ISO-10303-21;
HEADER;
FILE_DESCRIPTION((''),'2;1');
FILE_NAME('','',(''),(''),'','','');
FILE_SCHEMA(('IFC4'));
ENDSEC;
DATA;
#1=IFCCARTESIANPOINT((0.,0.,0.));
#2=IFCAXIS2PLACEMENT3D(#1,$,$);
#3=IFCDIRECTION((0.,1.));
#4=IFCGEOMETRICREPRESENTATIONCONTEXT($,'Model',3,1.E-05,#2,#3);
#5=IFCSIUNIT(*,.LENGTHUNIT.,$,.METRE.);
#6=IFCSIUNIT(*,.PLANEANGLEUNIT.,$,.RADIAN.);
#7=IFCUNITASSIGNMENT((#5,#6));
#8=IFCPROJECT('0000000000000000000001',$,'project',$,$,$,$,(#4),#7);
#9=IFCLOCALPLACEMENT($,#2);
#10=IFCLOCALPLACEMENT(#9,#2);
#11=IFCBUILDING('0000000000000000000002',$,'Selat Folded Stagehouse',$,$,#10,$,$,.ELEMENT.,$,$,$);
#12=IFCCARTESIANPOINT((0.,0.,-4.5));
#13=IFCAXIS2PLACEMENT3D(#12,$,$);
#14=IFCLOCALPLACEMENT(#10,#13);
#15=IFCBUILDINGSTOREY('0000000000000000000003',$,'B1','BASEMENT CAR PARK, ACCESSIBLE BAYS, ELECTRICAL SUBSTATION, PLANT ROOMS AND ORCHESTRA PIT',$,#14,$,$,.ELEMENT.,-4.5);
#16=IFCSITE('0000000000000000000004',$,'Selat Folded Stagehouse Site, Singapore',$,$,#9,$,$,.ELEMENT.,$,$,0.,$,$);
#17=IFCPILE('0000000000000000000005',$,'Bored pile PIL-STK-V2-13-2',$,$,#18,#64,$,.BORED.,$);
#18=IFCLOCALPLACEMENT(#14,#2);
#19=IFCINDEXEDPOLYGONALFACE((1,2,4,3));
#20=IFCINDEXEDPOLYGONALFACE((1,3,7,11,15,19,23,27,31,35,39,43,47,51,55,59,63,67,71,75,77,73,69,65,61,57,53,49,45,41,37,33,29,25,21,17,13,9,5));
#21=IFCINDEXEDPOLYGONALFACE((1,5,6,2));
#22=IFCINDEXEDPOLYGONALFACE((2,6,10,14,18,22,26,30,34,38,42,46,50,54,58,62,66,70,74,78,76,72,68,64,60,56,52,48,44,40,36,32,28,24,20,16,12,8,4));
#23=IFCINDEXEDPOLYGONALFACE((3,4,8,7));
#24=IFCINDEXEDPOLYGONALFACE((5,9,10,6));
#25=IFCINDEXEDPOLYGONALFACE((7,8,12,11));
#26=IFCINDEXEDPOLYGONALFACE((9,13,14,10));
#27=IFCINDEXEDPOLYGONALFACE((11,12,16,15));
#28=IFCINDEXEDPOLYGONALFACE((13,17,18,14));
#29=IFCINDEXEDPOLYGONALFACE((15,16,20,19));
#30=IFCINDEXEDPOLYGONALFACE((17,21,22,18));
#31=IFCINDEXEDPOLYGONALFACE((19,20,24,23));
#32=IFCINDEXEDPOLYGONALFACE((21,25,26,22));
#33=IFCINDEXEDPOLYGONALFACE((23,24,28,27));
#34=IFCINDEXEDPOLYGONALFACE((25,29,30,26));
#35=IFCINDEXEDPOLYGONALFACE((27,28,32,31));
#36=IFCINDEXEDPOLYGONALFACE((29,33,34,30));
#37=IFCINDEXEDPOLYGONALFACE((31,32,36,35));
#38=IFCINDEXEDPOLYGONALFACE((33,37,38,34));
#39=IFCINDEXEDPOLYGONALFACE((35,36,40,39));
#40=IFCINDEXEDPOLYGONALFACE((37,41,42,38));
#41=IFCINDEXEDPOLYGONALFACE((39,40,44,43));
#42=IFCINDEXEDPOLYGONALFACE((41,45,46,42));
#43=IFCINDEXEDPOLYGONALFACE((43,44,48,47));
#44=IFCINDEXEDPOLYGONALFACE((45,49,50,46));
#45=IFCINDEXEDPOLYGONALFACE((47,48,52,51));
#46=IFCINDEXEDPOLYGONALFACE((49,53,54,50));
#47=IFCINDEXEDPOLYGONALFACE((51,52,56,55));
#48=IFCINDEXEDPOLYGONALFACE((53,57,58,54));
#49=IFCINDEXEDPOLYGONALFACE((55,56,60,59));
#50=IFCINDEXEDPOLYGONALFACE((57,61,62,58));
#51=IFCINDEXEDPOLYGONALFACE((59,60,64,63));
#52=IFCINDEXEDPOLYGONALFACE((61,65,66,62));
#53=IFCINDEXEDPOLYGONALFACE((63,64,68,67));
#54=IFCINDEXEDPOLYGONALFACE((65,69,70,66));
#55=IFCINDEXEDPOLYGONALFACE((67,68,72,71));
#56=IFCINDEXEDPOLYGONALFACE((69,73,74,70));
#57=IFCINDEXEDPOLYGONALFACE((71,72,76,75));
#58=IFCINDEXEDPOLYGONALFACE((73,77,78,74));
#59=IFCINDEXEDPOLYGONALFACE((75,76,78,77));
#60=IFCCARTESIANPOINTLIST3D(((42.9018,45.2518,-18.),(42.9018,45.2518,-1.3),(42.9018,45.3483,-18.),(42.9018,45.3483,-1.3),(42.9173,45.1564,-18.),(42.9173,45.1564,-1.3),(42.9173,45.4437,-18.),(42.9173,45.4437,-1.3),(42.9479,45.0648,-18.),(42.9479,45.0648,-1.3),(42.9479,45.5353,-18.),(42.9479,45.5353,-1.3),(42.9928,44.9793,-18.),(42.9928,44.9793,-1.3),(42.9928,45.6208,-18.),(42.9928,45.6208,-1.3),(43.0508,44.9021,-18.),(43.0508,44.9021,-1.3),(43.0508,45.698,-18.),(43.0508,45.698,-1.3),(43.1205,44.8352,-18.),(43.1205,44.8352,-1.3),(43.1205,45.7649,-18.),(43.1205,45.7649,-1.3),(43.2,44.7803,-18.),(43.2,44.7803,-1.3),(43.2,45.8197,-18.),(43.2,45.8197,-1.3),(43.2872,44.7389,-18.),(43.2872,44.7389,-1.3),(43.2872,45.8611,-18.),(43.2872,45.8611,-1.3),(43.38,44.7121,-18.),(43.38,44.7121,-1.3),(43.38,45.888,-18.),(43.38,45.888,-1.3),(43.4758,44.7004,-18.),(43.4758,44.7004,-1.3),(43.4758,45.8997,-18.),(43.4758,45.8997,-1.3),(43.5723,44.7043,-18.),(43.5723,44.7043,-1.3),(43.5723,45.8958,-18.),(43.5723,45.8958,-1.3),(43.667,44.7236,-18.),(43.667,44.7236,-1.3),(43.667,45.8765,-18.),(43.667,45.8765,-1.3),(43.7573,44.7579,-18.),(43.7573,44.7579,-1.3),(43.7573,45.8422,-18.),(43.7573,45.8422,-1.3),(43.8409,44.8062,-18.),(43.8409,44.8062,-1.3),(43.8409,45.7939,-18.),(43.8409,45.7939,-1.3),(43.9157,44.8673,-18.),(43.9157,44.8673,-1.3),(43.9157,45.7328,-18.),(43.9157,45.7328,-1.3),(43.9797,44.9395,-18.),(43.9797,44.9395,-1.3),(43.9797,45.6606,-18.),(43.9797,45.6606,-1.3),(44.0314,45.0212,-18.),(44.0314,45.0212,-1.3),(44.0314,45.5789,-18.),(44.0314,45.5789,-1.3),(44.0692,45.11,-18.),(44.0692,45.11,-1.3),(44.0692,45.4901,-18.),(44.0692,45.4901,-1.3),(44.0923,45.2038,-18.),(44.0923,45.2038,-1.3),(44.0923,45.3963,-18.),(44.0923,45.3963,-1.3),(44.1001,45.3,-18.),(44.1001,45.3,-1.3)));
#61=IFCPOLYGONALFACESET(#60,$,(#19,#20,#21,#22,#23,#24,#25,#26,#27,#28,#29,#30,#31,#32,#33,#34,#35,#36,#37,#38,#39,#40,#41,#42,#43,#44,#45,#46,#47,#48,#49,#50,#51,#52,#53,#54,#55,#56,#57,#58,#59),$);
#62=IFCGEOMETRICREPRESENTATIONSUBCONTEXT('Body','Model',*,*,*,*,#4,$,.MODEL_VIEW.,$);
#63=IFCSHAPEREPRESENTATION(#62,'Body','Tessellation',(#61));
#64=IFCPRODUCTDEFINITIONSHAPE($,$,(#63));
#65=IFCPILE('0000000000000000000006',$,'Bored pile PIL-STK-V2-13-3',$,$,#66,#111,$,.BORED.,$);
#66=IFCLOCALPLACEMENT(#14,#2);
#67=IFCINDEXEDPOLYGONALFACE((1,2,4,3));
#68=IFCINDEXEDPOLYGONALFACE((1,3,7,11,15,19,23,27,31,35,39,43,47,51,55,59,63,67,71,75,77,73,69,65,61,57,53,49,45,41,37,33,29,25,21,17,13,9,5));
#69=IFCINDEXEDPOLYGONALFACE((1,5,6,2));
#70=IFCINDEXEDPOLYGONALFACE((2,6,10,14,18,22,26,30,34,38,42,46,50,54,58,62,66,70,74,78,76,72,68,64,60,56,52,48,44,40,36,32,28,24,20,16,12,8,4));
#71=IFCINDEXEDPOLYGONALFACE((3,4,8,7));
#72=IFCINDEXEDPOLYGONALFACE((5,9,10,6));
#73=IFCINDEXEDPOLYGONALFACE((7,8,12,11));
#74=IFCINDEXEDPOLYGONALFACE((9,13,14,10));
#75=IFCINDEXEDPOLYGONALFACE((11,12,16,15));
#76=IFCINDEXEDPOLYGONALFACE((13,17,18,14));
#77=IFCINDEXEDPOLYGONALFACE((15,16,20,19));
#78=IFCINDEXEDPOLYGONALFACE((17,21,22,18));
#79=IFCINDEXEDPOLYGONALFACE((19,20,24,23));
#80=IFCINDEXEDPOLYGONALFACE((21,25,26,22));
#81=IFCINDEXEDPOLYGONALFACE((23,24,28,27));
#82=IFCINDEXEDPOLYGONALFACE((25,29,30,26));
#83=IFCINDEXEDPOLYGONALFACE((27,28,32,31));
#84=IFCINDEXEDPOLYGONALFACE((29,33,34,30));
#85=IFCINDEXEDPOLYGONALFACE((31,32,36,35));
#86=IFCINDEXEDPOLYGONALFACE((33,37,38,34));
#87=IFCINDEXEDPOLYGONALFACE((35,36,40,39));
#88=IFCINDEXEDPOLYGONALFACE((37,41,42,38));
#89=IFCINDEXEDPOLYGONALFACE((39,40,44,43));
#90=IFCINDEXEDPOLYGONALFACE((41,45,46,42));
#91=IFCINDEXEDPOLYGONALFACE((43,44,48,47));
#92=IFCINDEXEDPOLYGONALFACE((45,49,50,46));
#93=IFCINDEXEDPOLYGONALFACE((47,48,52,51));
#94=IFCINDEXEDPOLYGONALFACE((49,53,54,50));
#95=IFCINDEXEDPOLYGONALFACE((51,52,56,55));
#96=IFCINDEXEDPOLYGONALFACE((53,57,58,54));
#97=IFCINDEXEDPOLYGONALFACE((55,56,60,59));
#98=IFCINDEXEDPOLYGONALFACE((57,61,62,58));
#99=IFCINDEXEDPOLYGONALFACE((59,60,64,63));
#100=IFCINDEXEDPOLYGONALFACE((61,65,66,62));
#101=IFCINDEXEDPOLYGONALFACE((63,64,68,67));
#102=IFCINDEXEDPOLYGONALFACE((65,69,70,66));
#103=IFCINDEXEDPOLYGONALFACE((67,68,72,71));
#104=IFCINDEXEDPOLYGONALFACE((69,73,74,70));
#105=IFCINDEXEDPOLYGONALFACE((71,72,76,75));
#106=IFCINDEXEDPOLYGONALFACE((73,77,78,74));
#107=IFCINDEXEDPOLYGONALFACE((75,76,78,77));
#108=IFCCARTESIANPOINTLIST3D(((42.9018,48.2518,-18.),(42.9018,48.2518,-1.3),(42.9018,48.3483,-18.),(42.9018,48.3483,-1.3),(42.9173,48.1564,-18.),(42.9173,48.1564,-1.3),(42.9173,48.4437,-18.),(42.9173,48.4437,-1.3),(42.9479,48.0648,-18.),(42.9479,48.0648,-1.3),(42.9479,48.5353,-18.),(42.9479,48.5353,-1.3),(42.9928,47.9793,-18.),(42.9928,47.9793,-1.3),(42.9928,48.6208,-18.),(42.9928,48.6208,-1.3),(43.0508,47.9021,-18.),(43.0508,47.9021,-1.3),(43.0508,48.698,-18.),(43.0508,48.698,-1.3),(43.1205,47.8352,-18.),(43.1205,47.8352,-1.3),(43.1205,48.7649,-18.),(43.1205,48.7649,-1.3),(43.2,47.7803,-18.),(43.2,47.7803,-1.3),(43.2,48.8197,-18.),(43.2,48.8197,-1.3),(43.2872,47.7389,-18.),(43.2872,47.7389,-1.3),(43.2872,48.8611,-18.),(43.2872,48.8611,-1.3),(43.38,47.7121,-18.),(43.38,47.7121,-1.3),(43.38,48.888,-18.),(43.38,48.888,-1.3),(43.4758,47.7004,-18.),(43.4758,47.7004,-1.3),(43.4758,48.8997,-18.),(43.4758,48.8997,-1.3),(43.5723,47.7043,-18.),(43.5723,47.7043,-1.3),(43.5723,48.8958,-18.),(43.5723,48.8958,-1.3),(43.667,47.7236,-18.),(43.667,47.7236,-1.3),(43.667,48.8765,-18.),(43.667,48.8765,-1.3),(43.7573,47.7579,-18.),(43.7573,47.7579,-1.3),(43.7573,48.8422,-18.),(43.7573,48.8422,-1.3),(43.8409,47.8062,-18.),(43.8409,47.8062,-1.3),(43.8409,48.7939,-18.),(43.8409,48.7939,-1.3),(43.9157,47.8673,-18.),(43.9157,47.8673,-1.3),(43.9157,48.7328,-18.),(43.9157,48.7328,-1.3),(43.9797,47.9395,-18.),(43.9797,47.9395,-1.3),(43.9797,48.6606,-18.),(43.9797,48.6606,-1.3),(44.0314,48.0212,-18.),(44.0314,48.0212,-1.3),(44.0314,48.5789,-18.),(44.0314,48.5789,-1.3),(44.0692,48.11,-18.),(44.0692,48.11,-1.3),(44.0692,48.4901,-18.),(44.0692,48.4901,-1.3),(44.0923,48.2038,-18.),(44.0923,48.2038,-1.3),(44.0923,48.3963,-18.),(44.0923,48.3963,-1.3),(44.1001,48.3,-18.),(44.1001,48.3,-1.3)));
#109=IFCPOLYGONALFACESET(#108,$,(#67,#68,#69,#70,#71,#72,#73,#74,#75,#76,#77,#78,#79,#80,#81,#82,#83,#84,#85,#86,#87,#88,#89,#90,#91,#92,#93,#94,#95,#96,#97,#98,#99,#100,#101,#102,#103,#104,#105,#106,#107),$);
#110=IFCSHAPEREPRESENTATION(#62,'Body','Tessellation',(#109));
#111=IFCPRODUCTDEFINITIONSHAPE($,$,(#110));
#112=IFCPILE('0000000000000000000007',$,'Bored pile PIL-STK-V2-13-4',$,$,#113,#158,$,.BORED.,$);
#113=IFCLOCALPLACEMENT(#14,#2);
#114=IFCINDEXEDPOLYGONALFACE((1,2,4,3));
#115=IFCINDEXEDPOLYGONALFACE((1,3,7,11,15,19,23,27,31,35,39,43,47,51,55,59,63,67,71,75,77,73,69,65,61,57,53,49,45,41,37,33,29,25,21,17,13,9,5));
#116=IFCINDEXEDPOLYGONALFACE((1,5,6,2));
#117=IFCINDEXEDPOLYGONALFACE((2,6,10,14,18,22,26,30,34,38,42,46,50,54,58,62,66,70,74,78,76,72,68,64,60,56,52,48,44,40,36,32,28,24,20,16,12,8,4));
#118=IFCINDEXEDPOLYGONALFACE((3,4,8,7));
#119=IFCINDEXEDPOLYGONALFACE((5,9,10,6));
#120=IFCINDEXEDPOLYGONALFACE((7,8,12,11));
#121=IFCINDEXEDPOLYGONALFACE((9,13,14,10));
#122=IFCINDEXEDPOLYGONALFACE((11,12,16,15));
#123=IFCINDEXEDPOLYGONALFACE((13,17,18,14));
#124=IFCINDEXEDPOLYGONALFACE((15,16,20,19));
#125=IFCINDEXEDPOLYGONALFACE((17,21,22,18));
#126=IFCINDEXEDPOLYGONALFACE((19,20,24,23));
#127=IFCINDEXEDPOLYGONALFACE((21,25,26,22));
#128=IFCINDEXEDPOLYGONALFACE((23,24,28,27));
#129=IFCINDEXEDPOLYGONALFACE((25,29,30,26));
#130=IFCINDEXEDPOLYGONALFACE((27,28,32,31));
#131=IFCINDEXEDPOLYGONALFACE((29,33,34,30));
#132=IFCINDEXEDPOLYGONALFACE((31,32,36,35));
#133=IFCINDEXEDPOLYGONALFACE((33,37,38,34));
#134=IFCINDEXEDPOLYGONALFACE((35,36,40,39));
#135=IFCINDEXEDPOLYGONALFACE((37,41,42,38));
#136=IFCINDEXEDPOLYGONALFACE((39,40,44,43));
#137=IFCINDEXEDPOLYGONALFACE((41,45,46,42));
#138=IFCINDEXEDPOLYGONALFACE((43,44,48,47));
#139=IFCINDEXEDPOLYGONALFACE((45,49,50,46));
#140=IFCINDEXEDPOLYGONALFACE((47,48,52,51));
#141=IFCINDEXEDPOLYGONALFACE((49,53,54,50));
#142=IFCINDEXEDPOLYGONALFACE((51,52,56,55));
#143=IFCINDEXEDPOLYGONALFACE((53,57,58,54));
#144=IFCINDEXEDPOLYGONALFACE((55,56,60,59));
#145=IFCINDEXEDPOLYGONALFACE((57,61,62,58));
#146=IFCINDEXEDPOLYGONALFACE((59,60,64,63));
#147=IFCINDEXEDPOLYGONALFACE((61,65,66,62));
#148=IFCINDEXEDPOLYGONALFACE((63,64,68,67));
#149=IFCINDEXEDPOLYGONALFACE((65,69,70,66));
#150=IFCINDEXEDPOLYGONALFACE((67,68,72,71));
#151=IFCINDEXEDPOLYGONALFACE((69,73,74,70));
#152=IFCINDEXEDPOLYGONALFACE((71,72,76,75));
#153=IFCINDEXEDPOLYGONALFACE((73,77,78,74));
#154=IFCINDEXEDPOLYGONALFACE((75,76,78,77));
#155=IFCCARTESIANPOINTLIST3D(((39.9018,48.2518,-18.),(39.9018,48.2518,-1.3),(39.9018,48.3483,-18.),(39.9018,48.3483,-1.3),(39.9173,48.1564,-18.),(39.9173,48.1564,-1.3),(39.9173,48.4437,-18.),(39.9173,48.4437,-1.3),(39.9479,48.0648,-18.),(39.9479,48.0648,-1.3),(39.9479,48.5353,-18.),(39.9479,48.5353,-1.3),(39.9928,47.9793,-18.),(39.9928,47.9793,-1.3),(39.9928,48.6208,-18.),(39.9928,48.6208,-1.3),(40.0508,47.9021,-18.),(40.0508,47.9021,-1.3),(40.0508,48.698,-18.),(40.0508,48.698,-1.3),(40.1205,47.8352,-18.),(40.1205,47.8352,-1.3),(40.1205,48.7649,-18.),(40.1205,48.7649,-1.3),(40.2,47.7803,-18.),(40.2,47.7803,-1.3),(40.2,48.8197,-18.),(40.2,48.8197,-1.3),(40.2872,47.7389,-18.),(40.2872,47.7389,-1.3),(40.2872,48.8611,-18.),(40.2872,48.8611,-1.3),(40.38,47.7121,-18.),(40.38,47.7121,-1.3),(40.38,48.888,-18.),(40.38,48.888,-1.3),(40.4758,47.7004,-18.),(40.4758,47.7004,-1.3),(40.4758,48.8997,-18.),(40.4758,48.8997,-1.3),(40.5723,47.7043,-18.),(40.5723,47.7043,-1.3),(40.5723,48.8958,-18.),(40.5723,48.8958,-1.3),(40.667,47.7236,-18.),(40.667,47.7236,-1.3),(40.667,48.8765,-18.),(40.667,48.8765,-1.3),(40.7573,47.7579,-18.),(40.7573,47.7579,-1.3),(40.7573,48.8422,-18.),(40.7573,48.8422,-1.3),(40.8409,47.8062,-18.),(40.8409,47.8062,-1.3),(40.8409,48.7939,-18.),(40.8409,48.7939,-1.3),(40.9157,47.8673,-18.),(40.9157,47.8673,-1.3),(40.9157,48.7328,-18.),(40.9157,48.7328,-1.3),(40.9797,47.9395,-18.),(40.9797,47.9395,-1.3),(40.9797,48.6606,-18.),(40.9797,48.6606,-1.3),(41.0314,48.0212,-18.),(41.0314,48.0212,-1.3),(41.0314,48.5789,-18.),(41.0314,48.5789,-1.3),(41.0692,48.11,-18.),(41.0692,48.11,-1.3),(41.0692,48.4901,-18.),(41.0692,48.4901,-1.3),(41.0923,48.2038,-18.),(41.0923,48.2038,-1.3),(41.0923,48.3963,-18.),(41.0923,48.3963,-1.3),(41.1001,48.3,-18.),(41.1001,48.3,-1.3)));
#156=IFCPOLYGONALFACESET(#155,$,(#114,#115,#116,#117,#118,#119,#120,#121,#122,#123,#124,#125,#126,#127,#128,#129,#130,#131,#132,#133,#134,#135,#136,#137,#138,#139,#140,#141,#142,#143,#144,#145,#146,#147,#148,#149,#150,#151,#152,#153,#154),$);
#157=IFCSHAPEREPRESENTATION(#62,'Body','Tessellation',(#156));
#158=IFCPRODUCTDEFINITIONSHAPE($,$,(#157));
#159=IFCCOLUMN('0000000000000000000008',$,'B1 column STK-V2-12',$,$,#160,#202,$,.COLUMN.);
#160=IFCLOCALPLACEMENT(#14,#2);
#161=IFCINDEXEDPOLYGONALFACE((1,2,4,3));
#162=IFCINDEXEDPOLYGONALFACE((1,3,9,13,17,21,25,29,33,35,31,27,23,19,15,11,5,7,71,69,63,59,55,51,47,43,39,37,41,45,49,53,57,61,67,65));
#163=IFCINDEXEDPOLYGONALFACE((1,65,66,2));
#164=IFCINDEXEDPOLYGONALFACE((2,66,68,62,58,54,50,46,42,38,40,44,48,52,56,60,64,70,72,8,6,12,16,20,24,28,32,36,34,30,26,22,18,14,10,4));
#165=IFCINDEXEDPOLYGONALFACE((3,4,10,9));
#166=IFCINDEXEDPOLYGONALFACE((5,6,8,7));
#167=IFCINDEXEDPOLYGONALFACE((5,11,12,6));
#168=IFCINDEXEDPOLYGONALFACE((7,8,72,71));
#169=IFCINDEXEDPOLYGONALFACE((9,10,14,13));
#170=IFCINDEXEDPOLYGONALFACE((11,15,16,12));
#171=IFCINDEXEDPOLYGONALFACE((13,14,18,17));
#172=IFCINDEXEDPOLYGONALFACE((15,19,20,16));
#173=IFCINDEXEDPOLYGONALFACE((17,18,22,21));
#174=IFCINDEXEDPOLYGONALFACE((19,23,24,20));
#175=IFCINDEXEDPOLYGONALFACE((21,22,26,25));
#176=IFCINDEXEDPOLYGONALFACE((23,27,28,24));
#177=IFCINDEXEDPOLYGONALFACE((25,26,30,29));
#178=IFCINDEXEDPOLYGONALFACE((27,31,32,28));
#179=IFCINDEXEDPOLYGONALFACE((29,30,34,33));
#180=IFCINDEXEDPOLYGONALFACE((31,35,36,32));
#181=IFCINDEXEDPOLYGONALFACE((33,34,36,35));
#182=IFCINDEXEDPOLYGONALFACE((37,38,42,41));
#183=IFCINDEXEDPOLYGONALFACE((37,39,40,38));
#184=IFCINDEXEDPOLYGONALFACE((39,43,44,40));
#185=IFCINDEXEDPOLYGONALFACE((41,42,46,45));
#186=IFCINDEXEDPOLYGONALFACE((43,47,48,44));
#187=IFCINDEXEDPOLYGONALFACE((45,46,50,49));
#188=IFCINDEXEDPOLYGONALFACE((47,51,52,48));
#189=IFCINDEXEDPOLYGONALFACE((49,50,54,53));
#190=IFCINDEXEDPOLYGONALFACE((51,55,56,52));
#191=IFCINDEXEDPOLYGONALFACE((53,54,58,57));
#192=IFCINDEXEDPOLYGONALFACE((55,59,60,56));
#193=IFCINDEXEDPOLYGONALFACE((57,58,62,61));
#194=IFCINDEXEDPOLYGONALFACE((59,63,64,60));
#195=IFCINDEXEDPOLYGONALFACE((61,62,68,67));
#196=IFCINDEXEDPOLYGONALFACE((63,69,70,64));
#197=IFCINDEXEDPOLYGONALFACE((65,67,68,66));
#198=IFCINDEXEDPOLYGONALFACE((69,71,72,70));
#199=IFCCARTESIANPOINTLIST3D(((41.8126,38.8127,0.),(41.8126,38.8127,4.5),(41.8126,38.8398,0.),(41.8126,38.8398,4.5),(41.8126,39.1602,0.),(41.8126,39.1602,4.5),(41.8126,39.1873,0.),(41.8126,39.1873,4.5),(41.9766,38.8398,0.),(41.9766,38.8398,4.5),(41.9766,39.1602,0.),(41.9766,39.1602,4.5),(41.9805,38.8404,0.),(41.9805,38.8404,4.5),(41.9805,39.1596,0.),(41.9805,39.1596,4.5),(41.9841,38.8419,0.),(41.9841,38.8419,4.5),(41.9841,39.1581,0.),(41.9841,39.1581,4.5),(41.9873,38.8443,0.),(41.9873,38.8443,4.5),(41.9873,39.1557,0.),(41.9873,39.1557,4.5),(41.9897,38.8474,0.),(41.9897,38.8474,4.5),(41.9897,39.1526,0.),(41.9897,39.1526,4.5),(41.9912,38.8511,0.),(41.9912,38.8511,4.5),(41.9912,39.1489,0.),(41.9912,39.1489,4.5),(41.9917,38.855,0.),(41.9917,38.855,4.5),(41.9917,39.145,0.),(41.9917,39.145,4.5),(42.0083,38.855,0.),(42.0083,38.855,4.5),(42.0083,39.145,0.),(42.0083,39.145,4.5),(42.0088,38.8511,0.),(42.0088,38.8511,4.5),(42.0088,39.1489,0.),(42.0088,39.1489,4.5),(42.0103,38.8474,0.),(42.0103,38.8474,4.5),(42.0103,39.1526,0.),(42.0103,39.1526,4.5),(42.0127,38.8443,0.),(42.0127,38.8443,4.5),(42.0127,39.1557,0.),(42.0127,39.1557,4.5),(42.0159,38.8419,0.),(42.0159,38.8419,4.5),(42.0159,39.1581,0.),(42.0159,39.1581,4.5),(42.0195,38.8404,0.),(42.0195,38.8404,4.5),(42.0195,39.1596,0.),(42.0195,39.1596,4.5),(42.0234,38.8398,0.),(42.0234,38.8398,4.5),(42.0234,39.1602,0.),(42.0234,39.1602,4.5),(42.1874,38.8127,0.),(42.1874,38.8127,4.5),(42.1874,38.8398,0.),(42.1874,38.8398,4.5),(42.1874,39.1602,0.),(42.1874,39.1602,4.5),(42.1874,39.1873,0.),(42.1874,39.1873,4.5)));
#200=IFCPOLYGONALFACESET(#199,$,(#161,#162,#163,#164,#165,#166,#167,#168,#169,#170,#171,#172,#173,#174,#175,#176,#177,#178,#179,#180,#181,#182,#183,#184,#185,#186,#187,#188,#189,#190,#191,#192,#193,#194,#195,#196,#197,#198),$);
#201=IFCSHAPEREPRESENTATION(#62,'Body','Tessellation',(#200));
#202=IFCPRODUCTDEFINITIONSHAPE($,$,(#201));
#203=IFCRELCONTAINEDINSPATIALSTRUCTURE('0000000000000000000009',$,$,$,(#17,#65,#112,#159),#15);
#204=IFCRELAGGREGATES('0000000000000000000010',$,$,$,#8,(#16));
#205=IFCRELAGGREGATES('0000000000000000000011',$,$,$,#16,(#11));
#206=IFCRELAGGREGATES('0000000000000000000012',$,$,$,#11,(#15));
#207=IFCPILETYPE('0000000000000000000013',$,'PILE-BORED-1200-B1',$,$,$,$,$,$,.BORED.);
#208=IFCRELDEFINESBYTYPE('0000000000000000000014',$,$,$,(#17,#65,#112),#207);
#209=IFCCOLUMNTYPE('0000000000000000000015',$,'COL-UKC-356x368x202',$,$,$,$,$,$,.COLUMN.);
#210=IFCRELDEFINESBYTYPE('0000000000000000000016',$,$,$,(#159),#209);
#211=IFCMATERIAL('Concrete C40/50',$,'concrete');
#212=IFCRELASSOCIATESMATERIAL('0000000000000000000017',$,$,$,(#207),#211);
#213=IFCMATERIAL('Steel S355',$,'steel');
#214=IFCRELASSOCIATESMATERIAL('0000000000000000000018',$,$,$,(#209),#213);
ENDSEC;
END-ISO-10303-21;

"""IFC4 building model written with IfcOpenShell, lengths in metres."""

from ifc_helpers import new_model, si_unit, direction, frame, origin, origin_2d, place, context, subcontext, project, spatial, circle, i_section, extrude, material, material_profile, profile_set, type_object, element, save


model = new_model("IFC4")

# Units and contexts
model_context = context("Model", 3, precision=1e-05, world=origin(), true_north=direction((0.0, 1.0)))
body_context = subcontext(model_context, "Body", "Model", "MODEL_VIEW")
ifc_project = project(units=[si_unit("LENGTHUNIT", "METRE"), si_unit("PLANEANGLEUNIT", "RADIAN")], contexts=[model_context])

# Site, building, storey
site_placement = place(None, origin())
site = spatial("IfcSite", under=ifc_project, at=site_placement, Name="Selat Folded Stagehouse Site, Singapore", CompositionType="ELEMENT", RefElevation=0.0)
building_placement = place(site_placement, origin())
building = spatial("IfcBuilding", under=site, at=building_placement, Name="Selat Folded Stagehouse", CompositionType="ELEMENT")
storey_placement = place(building_placement, frame((0.0, 0.0, -4.5)))
storey = spatial("IfcBuildingStorey", under=building, at=storey_placement, Name="B1", Description="BASEMENT CAR PARK, ACCESSIBLE BAYS, ELECTRICAL SUBSTATION, PLANT ROOMS AND ORCHESTRA PIT", CompositionType="ELEMENT", Elevation=-4.5)

# Shared definitions
ifc_material_1 = material(Name="Concrete C40/50", Category="concrete")

# Piles
ifc_material_profile_1 = material_profile(ifc_material_1, circle(Radius=0.6001, at=origin_2d()), Name="PILE D1200")
ifc_profile_set_1 = profile_set([ifc_material_profile_1], Name="Concrete C40/50")
pile_type = type_object("IfcPileType", Name="PILE-BORED-1200-B1", PredefinedType="BORED", material=ifc_profile_set_1)
for number, where, z_axis, x_axis, name in (
    (1, (43.5, 45.3, -1.3), (0.0, 0.0, -1.0), (1.0, 0.0, 0.0), "Bored pile PIL-STK-V2-13-2"),
    (2, (43.5, 48.3, -1.3), (0.0, 0.0, -1.0), (1.0, 0.0, 0.0), "Bored pile PIL-STK-V2-13-3"),
    (3, (40.5, 48.3, -1.3), (0.0, 0.0, -1.0), (1.0, 0.0, 0.0), "Bored pile PIL-STK-V2-13-4"),
):
    element("IfcPile", number, at=place(storey_placement, frame(where, z_axis=z_axis, x_axis=x_axis)), inside=storey, type_object=pile_type, Name=name, PredefinedType="BORED", context=body_context, shape_type="SweptSolid", body=[
        extrude(circle(Radius=0.6001, at=origin_2d()), origin(), (0.0, 0.0, 1.0), 16.7),
    ])

# Column
ifc_material_2 = material(Name="Steel S355", Category="steel")
ifc_material_profile_2 = material_profile(ifc_material_2, i_section(OverallWidth=0.3748, OverallDepth=0.3745, WebThickness=0.0166, FlangeThickness=0.0271, FilletRadius=0.0151, at=origin_2d()), Name="UKC 356x368x202")
ifc_profile_set_2 = profile_set([ifc_material_profile_2], Name="Steel S355")
column_type = type_object("IfcColumnType", Name="COL-UKC-356x368x202", PredefinedType="COLUMN", material=ifc_profile_set_2)
for number, where, z_axis, x_axis, name in (
    (4, (42.0, 39.0, 0.0), (0.0, 0.0, 1.0), (1.0, 0.0, 0.0), "B1 column STK-V2-12"),
):
    element("IfcColumn", number, at=place(storey_placement, frame(where, z_axis=z_axis, x_axis=x_axis)), inside=storey, type_object=column_type, Name=name, PredefinedType="COLUMN", context=body_context, shape_type="SweptSolid", body=[
        extrude(i_section(OverallWidth=0.3748, OverallDepth=0.3745, WebThickness=0.0166, FlangeThickness=0.0271, FilletRadius=0.0151, at=origin_2d()), origin(), (0.0, 0.0, 1.0), 4.5),
    ])

save(model, "model.ifc")
